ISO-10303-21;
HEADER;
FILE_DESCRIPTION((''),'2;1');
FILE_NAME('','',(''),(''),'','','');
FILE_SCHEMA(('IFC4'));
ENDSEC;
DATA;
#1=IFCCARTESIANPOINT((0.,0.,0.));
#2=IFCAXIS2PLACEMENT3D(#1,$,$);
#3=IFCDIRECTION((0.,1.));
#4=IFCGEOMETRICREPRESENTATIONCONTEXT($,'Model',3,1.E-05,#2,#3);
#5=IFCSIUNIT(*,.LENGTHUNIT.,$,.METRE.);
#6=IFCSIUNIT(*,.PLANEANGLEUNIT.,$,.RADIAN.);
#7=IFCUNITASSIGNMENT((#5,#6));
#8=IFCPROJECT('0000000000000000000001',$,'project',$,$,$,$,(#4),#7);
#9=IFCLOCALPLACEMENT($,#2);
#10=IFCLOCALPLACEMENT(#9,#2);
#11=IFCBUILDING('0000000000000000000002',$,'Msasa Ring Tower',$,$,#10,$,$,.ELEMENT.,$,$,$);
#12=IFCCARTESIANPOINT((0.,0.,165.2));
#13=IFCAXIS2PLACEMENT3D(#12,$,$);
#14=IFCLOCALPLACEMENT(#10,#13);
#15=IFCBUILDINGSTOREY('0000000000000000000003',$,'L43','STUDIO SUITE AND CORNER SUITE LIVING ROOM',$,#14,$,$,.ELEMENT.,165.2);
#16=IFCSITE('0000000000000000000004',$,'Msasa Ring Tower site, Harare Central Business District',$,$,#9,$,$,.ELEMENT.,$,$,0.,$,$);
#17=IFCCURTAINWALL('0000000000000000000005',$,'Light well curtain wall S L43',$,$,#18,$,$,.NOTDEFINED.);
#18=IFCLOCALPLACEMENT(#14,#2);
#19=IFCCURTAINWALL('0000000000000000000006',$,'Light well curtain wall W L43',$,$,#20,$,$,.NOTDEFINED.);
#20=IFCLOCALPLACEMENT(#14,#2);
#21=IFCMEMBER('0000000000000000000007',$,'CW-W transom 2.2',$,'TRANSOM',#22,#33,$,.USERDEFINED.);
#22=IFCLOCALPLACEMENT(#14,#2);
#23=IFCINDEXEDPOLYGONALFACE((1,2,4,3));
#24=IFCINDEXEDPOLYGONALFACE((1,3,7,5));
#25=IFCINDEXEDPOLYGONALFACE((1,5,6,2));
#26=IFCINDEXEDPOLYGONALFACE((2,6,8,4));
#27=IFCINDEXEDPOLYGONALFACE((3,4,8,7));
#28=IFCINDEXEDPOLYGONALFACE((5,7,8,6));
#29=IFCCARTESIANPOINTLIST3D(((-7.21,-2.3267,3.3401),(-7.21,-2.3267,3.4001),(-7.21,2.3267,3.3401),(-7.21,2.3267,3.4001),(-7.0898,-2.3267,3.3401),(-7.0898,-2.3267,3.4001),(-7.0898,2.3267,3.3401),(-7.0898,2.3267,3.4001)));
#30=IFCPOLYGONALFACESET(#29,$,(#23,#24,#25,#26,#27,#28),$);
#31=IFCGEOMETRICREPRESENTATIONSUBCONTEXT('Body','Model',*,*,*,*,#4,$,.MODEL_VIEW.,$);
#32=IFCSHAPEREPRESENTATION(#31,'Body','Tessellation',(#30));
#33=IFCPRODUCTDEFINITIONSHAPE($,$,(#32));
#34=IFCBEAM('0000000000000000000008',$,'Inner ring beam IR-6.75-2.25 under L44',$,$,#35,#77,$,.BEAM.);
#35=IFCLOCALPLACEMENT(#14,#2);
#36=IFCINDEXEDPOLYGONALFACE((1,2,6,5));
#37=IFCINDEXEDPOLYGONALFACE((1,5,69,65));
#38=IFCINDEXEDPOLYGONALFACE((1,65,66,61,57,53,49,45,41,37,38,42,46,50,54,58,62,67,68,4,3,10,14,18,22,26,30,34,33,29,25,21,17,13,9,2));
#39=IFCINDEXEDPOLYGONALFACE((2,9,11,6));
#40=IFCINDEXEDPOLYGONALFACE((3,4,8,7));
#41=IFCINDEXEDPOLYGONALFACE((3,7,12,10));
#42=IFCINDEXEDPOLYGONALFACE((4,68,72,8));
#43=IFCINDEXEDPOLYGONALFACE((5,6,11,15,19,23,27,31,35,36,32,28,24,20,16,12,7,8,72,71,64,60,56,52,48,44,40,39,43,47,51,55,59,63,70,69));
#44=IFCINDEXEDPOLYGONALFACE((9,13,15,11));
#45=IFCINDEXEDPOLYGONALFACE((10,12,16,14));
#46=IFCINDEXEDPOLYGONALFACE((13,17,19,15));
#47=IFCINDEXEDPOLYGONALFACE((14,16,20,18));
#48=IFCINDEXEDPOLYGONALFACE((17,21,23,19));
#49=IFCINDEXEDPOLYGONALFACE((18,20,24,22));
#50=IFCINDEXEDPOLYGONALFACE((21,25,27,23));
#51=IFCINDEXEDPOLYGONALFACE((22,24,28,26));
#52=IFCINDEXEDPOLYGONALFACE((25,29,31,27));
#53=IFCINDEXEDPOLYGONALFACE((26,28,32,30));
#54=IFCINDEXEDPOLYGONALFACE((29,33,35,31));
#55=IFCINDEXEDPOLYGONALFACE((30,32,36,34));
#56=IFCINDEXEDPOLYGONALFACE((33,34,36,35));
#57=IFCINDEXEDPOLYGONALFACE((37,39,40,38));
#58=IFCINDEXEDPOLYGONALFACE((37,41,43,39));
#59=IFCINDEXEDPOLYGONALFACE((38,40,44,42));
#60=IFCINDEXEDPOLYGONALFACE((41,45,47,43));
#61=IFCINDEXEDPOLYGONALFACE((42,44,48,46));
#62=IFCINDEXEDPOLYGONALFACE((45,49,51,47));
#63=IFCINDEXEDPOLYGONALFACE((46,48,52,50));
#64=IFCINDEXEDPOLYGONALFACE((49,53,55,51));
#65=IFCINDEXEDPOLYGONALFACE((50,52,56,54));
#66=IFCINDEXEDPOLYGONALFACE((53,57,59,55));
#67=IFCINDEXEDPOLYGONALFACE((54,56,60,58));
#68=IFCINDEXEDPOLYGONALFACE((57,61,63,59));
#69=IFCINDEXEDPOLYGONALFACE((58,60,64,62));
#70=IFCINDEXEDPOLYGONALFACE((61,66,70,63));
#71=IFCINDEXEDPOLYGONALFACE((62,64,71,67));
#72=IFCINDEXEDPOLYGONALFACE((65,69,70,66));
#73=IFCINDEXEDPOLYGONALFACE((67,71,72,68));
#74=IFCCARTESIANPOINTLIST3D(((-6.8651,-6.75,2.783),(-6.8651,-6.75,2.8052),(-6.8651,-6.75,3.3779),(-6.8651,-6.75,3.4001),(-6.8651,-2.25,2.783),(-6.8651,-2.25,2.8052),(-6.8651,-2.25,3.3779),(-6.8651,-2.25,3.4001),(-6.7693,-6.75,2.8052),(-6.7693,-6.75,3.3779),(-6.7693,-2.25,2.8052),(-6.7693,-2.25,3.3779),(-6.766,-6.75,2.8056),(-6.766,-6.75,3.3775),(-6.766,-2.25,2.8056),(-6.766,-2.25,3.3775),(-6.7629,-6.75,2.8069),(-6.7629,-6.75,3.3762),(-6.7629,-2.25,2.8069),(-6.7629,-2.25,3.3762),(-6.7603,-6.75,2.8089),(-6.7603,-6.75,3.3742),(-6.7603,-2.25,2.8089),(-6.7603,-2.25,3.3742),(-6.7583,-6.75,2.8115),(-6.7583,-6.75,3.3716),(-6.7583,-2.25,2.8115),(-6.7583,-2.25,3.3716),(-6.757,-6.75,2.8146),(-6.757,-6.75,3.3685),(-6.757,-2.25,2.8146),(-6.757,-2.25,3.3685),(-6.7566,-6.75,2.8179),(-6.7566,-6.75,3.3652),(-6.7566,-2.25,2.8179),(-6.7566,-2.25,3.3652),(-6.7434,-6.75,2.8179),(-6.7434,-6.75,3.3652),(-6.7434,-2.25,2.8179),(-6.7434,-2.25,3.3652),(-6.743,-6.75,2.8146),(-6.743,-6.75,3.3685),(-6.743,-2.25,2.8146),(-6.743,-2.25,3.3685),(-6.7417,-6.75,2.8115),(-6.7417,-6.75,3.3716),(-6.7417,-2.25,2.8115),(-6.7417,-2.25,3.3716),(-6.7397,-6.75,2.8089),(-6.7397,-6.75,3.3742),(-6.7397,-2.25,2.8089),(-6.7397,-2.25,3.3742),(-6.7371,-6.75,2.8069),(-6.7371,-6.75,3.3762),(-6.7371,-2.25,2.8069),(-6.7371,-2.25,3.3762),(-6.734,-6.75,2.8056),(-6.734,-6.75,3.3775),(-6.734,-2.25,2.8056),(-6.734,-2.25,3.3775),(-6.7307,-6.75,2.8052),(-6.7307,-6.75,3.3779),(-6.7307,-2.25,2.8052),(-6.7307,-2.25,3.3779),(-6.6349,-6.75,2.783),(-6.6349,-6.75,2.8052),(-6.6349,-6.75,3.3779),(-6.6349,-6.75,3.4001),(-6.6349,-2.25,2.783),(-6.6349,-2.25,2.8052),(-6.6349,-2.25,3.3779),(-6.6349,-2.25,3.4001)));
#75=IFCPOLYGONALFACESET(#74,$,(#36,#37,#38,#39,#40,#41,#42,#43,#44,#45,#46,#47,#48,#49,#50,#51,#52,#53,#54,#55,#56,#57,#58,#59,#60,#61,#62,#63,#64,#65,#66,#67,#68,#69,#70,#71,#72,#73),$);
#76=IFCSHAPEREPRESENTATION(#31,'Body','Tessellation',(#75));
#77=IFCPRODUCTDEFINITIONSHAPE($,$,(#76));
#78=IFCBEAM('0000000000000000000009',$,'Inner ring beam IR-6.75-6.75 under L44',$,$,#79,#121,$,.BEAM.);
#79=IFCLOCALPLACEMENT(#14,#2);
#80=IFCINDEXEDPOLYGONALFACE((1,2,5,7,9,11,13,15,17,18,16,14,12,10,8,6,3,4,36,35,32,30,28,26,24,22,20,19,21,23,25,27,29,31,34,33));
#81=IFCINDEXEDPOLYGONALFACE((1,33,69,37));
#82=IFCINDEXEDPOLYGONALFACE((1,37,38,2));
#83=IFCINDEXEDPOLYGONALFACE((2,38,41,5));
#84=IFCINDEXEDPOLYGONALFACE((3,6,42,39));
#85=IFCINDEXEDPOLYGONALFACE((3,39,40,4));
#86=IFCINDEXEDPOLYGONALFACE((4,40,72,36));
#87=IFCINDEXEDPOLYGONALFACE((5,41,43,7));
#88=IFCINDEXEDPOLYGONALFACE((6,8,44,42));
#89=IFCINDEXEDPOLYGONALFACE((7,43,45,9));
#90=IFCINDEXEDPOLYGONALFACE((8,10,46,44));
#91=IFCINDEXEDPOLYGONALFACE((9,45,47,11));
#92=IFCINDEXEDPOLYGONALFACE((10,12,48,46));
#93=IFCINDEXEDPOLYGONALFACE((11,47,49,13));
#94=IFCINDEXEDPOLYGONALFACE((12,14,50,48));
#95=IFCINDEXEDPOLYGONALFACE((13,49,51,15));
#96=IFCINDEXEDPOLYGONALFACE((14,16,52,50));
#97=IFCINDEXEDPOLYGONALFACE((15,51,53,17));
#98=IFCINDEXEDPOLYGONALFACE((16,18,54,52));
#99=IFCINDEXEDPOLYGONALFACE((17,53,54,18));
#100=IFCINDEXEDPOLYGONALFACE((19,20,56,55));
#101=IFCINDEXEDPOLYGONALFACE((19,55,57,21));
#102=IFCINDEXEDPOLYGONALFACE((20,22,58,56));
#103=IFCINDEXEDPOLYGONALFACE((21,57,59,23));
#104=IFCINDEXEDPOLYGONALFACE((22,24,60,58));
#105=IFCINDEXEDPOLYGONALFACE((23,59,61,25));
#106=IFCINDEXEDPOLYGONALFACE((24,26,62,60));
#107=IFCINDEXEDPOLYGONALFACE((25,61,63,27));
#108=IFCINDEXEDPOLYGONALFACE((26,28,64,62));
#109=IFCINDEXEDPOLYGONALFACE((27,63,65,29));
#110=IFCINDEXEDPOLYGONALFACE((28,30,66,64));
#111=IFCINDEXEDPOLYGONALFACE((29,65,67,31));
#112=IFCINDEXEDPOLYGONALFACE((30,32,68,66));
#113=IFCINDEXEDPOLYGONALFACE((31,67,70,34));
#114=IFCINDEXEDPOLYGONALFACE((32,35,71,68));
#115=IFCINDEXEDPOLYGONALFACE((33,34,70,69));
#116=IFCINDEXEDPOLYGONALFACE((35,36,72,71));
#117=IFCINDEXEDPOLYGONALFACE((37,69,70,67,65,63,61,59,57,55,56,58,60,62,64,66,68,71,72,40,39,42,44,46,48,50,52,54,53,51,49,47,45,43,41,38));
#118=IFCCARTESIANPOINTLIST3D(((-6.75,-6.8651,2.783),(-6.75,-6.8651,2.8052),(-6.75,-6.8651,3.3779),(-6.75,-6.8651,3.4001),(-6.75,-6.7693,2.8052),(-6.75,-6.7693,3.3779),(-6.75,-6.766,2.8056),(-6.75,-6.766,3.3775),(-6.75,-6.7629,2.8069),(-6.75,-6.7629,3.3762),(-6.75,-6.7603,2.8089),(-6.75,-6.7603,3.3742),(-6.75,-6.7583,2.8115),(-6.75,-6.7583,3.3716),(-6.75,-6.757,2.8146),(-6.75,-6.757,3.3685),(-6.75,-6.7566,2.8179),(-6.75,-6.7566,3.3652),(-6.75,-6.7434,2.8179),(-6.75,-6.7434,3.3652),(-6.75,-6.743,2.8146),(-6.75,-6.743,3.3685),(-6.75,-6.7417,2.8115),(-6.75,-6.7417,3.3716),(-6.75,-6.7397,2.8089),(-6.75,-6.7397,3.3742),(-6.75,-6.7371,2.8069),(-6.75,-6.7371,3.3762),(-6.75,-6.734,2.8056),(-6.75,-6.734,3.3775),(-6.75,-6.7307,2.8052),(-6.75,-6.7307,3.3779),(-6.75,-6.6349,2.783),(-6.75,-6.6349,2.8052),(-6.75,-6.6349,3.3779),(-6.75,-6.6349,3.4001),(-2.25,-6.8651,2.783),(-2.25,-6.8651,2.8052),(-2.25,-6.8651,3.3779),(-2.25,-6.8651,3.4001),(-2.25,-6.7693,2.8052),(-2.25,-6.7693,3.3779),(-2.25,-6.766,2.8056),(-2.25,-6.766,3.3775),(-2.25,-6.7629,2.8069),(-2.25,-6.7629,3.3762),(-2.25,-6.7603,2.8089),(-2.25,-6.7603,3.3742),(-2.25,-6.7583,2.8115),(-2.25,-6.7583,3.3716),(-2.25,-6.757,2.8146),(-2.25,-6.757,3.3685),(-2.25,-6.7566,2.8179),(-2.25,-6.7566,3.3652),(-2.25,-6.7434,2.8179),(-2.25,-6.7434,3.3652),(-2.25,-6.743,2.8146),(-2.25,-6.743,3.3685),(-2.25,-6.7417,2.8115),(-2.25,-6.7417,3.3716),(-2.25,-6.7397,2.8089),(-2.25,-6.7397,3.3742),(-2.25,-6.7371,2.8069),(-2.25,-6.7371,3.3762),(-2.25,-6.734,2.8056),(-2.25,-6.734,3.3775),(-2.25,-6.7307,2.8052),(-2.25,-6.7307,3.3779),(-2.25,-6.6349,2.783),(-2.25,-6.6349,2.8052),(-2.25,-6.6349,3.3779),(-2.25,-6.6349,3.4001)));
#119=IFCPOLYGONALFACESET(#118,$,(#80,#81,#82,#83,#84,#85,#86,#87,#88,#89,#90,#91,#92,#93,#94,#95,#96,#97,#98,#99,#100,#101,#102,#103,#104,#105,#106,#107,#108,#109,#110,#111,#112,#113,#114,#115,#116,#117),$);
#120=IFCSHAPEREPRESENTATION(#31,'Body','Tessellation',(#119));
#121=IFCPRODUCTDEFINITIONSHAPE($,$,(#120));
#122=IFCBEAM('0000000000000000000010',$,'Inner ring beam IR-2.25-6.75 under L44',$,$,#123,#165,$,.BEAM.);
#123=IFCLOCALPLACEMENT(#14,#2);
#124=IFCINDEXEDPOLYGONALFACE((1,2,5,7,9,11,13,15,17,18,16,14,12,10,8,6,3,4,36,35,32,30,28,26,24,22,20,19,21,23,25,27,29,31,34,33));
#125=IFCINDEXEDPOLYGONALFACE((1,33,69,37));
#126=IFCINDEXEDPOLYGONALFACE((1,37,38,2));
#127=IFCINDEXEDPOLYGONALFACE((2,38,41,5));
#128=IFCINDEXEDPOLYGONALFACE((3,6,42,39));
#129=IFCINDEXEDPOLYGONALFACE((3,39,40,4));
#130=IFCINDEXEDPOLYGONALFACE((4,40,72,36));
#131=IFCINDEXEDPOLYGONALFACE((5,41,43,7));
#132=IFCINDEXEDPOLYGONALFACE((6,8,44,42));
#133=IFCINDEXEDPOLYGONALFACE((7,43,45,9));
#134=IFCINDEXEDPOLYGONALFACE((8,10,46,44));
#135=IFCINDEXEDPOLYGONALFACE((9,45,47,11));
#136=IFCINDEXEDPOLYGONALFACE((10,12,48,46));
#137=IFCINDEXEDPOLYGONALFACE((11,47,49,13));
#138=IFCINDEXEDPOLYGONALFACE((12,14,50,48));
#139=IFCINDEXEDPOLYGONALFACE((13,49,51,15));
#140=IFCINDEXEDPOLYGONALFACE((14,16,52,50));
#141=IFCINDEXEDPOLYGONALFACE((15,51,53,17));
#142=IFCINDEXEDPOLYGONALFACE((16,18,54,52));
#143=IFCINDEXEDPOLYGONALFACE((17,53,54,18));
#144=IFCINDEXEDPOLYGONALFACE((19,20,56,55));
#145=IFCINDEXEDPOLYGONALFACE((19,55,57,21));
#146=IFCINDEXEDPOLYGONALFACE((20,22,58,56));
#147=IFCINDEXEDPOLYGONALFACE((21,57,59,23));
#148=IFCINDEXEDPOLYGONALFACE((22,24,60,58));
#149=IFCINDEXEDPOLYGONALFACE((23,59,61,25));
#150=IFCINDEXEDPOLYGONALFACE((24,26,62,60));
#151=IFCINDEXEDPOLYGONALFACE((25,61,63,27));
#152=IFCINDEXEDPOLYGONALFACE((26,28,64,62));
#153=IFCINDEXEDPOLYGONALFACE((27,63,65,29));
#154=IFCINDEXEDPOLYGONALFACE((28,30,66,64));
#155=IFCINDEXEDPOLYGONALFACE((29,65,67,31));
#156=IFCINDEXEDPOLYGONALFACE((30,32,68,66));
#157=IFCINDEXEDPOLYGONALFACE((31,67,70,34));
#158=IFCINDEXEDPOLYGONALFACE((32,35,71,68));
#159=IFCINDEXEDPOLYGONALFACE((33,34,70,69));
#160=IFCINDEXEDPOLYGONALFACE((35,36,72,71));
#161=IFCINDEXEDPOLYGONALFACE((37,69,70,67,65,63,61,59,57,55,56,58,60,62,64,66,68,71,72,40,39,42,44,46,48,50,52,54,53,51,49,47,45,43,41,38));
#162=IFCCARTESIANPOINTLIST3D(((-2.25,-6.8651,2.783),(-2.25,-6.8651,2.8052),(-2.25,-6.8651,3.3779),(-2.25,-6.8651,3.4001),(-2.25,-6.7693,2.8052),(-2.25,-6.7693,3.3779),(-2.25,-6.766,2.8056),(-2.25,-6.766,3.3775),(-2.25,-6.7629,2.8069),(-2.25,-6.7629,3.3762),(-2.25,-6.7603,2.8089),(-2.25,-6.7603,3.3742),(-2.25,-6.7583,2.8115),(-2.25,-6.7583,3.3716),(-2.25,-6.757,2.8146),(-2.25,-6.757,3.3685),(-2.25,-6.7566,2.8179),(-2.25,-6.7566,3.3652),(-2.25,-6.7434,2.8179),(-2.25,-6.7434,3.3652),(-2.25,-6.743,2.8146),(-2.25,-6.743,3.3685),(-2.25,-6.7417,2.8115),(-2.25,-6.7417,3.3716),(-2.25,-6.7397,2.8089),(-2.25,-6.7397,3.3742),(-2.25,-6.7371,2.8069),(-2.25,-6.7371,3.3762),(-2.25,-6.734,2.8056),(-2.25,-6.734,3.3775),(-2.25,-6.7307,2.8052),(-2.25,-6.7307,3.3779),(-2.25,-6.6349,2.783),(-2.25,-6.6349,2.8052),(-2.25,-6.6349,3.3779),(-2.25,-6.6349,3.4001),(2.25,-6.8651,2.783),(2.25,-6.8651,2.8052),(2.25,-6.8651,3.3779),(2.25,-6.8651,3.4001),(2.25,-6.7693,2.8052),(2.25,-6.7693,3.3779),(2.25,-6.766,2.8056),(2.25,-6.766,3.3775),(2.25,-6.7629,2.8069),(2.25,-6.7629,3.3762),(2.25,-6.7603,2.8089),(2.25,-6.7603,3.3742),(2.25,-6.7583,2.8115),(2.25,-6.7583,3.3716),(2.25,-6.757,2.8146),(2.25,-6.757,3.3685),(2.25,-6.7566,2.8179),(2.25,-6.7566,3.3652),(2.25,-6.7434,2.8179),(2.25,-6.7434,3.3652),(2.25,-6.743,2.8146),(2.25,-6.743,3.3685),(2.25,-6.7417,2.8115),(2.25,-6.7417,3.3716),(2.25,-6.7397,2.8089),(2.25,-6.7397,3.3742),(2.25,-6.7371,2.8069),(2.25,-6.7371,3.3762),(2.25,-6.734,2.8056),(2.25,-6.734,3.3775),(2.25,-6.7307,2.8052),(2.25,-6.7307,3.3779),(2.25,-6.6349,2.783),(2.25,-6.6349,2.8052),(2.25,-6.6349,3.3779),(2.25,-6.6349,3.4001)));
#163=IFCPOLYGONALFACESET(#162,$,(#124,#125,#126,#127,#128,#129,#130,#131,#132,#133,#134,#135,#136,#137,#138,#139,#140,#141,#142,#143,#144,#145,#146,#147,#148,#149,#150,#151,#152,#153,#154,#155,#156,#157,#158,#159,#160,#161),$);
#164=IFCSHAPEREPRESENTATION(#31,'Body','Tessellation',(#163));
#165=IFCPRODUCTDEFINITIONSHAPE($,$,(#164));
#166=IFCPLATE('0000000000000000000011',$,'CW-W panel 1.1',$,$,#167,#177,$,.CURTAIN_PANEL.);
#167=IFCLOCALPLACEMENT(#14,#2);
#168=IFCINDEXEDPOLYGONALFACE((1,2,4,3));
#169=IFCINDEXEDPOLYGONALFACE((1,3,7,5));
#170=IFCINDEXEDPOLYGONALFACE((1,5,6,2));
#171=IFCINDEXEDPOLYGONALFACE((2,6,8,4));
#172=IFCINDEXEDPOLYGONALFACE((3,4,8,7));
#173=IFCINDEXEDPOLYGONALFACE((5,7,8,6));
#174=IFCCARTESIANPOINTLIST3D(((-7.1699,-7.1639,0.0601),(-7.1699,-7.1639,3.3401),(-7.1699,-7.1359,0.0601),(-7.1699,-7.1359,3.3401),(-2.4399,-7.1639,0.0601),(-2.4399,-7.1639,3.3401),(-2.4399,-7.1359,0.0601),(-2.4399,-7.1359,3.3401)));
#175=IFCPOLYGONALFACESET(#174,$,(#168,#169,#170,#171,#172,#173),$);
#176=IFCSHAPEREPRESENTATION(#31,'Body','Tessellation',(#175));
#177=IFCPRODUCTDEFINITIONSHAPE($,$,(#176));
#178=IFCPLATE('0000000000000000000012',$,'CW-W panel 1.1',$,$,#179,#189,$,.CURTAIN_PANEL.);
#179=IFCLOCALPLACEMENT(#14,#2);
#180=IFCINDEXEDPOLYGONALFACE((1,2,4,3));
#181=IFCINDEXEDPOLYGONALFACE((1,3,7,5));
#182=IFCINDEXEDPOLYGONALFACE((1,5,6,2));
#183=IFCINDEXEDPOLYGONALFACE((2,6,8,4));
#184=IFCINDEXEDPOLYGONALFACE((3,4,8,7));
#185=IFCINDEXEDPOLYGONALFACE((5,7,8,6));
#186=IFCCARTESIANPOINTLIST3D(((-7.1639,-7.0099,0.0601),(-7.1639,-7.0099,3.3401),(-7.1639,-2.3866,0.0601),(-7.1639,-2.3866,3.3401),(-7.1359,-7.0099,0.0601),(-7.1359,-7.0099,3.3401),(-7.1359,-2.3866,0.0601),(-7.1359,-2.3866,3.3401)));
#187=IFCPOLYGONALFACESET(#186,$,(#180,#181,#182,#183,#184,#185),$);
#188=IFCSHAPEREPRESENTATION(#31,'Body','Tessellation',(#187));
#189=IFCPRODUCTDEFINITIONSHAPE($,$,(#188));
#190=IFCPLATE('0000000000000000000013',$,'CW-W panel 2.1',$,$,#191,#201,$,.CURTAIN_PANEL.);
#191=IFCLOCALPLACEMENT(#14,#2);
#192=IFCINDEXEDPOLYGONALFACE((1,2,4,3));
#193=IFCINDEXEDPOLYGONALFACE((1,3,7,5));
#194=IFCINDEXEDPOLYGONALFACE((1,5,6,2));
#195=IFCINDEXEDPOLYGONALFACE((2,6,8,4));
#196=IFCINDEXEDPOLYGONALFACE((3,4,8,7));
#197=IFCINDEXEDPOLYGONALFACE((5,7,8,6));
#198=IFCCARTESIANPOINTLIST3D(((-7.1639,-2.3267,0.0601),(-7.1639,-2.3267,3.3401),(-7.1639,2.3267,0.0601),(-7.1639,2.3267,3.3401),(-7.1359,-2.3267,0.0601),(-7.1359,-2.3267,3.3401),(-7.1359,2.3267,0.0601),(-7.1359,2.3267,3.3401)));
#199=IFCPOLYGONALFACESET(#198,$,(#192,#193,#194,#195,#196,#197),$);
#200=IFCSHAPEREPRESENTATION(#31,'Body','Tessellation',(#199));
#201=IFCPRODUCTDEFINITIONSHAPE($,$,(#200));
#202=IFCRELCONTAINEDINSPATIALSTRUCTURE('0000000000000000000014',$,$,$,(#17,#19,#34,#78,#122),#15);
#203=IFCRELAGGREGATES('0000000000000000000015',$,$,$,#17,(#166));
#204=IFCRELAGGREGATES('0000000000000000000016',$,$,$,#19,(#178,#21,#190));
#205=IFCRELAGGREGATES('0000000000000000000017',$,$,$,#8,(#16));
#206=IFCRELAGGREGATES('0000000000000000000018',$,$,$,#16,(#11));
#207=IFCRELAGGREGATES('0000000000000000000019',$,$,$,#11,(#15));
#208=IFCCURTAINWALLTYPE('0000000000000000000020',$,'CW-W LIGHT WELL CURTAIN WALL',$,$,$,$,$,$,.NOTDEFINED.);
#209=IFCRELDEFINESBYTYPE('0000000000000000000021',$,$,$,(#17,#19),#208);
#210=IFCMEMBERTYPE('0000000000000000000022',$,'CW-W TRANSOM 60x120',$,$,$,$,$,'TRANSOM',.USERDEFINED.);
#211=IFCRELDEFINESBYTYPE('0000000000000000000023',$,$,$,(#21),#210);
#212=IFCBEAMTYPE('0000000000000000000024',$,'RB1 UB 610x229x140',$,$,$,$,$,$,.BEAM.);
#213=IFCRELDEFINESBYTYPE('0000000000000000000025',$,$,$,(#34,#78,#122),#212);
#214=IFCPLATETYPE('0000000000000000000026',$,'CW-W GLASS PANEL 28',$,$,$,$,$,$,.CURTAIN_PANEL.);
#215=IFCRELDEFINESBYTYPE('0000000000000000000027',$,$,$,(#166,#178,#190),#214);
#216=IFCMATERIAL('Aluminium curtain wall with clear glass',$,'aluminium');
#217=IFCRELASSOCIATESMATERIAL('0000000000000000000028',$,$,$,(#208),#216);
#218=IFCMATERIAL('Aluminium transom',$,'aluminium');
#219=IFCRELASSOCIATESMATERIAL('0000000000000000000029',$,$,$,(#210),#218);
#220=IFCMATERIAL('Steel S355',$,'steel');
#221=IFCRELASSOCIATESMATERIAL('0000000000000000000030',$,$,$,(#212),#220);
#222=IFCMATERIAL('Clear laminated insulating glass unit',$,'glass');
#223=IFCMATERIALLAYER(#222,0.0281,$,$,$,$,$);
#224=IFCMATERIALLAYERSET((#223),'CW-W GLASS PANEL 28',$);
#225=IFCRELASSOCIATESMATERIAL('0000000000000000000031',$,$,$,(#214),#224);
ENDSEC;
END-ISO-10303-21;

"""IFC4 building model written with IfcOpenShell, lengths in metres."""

from ifc_helpers import new_model, si_unit, direction, frame, origin, origin_2d, place, context, subcontext, project, spatial, rectangle, i_section, extrude, material, layer, layer_set, material_profile, profile_set, type_object, element, aggregate, save


model = new_model("IFC4")

# Units and contexts
model_context = context("Model", 3, precision=1e-05, world=origin(), true_north=direction((0.0, 1.0)))
body_context = subcontext(model_context, "Body", "Model", "MODEL_VIEW")
ifc_project = project(units=[si_unit("LENGTHUNIT", "METRE"), si_unit("PLANEANGLEUNIT", "RADIAN")], contexts=[model_context])

# Site, building, storey
site_placement = place(None, origin())
site = spatial("IfcSite", under=ifc_project, at=site_placement, Name="Msasa Ring Tower site, Harare Central Business District", CompositionType="ELEMENT", RefElevation=0.0)
building_placement = place(site_placement, origin())
building = spatial("IfcBuilding", under=site, at=building_placement, Name="Msasa Ring Tower", CompositionType="ELEMENT")
storey_placement = place(building_placement, frame((0.0, 0.0, 165.2)))
storey = spatial("IfcBuildingStorey", under=building, at=storey_placement, Name="L43", Description="STUDIO SUITE AND CORNER SUITE LIVING ROOM", CompositionType="ELEMENT", Elevation=165.2)

# Curtain walls
ifc_material_1 = material(Name="Aluminium curtain wall with clear glass", Category="aluminium")
curtain_wall_type = type_object("IfcCurtainWallType", Name="CW-W LIGHT WELL CURTAIN WALL", PredefinedType="NOTDEFINED", material=ifc_material_1)
curtain_wall_1_placement = place(storey_placement, origin())
curtain_wall_1 = element("IfcCurtainWall", 1, at=curtain_wall_1_placement, inside=storey, type_object=curtain_wall_type, Name="Light well curtain wall S L43", PredefinedType="NOTDEFINED")
curtain_wall_2_placement = place(storey_placement, origin())
curtain_wall_2 = element("IfcCurtainWall", 2, at=curtain_wall_2_placement, inside=storey, type_object=curtain_wall_type, Name="Light well curtain wall W L43", PredefinedType="NOTDEFINED")

# Member
ifc_material_2 = material(Name="Aluminium transom", Category="aluminium")
ifc_material_profile_1 = material_profile(ifc_material_2, rectangle(XDim=0.1201, YDim=0.0601, at=origin_2d()), Name="AL 60x120")
ifc_profile_set_1 = profile_set([ifc_material_profile_1], Name="Aluminium transom")
member_type_1 = type_object("IfcMemberType", Name="CW-W TRANSOM 60x120", ElementType="TRANSOM", PredefinedType="USERDEFINED", material=ifc_profile_set_1)
member_1_placement = place(storey_placement, frame((-7.1499, -2.3267, 3.3701), z_axis=(0.0, 1.0, 0.0), x_axis=(-1.0, 0.0, 0.0)))
member_1 = element("IfcMember", 3, at=member_1_placement, type_object=member_type_1, Name="CW-W transom 2.2", ObjectType="TRANSOM", PredefinedType="USERDEFINED", context=body_context, shape_type="SweptSolid", body=[
    extrude(rectangle(XDim=0.1201, YDim=0.0601, at=origin_2d()), origin(), (0.0, 0.0, 1.0), 4.6533),
])

# Beams
ifc_material_3 = material(Name="Steel S355", Category="steel")
ifc_material_profile_2 = material_profile(ifc_material_3, i_section(OverallWidth=0.2302, OverallDepth=0.6172, WebThickness=0.0132, FlangeThickness=0.0222, FilletRadius=0.0127, at=origin_2d()), Name="UB 610x229x140")
ifc_profile_set_2 = profile_set([ifc_material_profile_2], Name="Steel S355")
beam_type = type_object("IfcBeamType", Name="RB1 UB 610x229x140", PredefinedType="BEAM", material=ifc_profile_set_2)
for number, where, z_axis, x_axis, name in (
    (4, (-6.75, -2.25, 3.0916), (0.0, -1.0, 0.0), (1.0, 0.0, 0.0), "Inner ring beam IR-6.75-2.25 under L44"),
    (5, (-6.75, -6.75, 3.0916), (1.0, 0.0, 0.0), (0.0, 1.0, 0.0), "Inner ring beam IR-6.75-6.75 under L44"),
    (6, (-2.25, -6.75, 3.0916), (1.0, 0.0, 0.0), (0.0, 1.0, 0.0), "Inner ring beam IR-2.25-6.75 under L44"),
):
    element("IfcBeam", number, at=place(storey_placement, frame(where, z_axis=z_axis, x_axis=x_axis)), inside=storey, type_object=beam_type, Name=name, PredefinedType="BEAM", context=body_context, shape_type="SweptSolid", body=[
        extrude(i_section(OverallWidth=0.2302, OverallDepth=0.6172, WebThickness=0.0132, FlangeThickness=0.0222, FilletRadius=0.0127, at=origin_2d()), origin(), (0.0, 0.0, 1.0), 4.5),
    ])

# Plates
ifc_material_4 = material(Name="Clear laminated insulating glass unit", Category="glass")
ifc_layer_1 = layer(ifc_material_4, 0.0281)
ifc_layer_set_1 = layer_set([ifc_layer_1], Name="CW-W GLASS PANEL 28")
plate_type = type_object("IfcPlateType", Name="CW-W GLASS PANEL 28", PredefinedType="CURTAIN_PANEL", material=ifc_layer_set_1)
plate_1_placement = place(storey_placement, frame((-4.8049, -7.1499, 0.0601), z_axis=(0.0, 0.0, 1.0), x_axis=(1.0, 0.0, 0.0)))
plate_1 = element("IfcPlate", 7, at=plate_1_placement, type_object=plate_type, Name="CW-W panel 1.1", PredefinedType="CURTAIN_PANEL", context=body_context, shape_type="SweptSolid", body=[
    extrude(rectangle(XDim=4.73, YDim=0.0281, at=origin_2d()), origin(), (0.0, 0.0, 1.0), 3.28),
])
aggregate(curtain_wall_1, [plate_1])
plate_2_placement = place(storey_placement, frame((-7.1499, -4.6982, 0.0601), z_axis=(0.0, 0.0, 1.0), x_axis=(0.0, 1.0, 0.0)))
plate_2 = element("IfcPlate", 8, at=plate_2_placement, type_object=plate_type, Name="CW-W panel 1.1", PredefinedType="CURTAIN_PANEL", context=body_context, shape_type="SweptSolid", body=[
    extrude(rectangle(XDim=4.6233, YDim=0.0281, at=origin_2d()), origin(), (0.0, 0.0, 1.0), 3.28),
])
plate_3_placement = place(storey_placement, frame((-7.1499, 0.0, 0.0601), z_axis=(0.0, 0.0, 1.0), x_axis=(0.0, 1.0, 0.0)))
plate_3 = element("IfcPlate", 9, at=plate_3_placement, type_object=plate_type, Name="CW-W panel 2.1", PredefinedType="CURTAIN_PANEL", context=body_context, shape_type="SweptSolid", body=[
    extrude(rectangle(XDim=4.6533, YDim=0.0281, at=origin_2d()), origin(), (0.0, 0.0, 1.0), 3.28),
])
aggregate(curtain_wall_2, [plate_2, member_1, plate_3])

save(model, "model.ifc")
